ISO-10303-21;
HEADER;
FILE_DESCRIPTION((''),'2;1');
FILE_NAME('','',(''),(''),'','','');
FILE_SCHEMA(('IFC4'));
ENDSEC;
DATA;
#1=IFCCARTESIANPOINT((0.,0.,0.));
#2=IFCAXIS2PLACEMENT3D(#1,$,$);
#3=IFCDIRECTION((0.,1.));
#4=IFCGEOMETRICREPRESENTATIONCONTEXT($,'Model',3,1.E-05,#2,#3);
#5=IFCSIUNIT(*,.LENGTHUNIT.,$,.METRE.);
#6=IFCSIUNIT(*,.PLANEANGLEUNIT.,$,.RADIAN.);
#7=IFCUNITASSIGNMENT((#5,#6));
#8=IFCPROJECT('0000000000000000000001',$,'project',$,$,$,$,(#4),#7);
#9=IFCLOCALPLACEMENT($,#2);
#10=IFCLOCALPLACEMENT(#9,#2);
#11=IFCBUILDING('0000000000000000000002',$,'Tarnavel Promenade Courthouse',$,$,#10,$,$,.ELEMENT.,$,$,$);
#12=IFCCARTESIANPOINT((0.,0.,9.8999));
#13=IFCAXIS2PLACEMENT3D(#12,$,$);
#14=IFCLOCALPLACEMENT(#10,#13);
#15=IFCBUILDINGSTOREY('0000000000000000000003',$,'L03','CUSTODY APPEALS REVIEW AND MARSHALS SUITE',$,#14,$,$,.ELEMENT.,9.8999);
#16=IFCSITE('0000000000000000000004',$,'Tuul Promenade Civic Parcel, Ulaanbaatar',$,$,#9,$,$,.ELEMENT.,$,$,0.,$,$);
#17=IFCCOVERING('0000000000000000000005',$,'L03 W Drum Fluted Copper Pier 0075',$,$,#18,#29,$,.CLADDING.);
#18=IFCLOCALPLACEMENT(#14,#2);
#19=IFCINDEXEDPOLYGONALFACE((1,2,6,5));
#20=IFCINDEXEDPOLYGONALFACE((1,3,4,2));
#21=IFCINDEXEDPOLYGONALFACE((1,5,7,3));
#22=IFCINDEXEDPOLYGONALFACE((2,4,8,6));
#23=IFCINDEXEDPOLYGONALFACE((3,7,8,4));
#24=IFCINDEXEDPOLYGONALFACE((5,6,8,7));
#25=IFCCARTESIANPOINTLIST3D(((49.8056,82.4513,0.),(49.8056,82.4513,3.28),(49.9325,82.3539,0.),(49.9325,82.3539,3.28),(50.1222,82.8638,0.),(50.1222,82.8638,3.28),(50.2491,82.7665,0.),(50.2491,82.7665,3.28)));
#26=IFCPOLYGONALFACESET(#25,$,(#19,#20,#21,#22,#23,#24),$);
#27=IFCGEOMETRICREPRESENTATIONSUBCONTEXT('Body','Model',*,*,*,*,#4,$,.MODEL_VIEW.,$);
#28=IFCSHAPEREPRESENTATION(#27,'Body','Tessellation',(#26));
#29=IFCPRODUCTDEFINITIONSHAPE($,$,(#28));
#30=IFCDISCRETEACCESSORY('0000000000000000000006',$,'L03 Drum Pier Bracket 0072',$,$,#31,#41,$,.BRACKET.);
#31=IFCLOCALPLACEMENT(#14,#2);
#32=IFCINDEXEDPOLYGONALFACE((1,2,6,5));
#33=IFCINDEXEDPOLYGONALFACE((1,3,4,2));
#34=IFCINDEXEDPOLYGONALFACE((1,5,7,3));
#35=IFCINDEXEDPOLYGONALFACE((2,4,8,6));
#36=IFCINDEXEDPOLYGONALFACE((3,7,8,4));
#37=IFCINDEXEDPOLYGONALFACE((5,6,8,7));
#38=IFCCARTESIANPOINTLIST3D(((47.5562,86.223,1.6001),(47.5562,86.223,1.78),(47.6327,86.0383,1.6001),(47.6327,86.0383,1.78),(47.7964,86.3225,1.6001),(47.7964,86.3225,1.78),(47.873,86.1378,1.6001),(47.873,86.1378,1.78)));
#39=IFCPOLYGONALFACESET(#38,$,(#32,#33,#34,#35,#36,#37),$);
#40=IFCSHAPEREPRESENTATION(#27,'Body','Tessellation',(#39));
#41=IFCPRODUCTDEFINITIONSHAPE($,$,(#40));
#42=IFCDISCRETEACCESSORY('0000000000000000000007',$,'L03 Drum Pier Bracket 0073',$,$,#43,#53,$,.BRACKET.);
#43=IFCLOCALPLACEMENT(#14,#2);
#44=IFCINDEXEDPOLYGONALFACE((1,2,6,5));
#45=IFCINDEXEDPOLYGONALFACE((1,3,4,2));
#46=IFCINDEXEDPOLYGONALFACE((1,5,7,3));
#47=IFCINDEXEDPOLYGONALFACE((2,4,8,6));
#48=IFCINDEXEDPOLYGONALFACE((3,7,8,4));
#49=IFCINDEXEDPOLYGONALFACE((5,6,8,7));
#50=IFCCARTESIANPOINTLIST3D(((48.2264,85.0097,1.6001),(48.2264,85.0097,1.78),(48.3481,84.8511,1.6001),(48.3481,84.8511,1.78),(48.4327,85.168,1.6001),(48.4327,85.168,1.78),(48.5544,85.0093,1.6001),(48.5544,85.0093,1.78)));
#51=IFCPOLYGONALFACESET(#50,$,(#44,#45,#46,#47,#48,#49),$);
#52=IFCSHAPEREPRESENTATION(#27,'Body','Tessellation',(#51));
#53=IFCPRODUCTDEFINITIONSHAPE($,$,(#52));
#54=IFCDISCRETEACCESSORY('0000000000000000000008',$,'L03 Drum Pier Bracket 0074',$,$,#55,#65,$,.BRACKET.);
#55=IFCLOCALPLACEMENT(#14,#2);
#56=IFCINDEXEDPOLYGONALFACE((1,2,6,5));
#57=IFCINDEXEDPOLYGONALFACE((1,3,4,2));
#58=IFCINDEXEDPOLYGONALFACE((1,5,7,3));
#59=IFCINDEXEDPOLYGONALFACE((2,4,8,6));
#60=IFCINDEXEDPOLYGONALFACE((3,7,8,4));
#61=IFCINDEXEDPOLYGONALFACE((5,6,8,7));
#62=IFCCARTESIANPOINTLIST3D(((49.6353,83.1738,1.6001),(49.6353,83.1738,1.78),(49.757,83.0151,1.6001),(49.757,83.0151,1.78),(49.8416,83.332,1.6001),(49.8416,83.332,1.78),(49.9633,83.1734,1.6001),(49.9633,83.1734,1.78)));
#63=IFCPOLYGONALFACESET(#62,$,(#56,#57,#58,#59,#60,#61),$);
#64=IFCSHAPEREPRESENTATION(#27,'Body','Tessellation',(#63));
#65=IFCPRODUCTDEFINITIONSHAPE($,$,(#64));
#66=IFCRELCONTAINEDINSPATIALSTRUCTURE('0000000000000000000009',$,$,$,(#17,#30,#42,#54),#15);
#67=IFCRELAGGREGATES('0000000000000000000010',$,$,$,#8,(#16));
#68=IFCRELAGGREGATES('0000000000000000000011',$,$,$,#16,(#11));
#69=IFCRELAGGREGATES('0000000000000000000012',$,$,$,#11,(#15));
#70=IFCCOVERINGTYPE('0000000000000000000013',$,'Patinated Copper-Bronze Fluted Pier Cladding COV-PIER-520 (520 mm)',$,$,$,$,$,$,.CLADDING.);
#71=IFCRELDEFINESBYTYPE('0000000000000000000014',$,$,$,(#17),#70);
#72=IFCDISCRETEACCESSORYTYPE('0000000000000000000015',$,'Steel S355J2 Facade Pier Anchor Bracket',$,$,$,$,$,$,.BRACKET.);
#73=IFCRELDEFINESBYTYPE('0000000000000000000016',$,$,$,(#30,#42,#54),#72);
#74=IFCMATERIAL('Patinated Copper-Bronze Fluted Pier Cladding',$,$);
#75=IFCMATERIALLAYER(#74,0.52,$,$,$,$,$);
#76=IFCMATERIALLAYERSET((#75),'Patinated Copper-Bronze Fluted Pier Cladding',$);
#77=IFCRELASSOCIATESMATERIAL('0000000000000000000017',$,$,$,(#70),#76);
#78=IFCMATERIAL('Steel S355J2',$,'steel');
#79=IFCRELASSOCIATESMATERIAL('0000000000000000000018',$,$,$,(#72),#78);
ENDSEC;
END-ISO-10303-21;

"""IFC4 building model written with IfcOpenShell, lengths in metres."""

from ifc_helpers import new_model, si_unit, direction, frame, origin, origin_2d, place, context, subcontext, project, spatial, rectangle, extrude, material, layer, layer_set, type_object, element, save


model = new_model("IFC4")

# Units and contexts
model_context = context("Model", 3, precision=1e-05, world=origin(), true_north=direction((0.0, 1.0)))
body_context = subcontext(model_context, "Body", "Model", "MODEL_VIEW")
ifc_project = project(units=[si_unit("LENGTHUNIT", "METRE"), si_unit("PLANEANGLEUNIT", "RADIAN")], contexts=[model_context])

# Site, building, storey
site_placement = place(None, origin())
site = spatial("IfcSite", under=ifc_project, at=site_placement, Name="Tuul Promenade Civic Parcel, Ulaanbaatar", CompositionType="ELEMENT", RefElevation=0.0)
building_placement = place(site_placement, origin())
building = spatial("IfcBuilding", under=site, at=building_placement, Name="Tarnavel Promenade Courthouse", CompositionType="ELEMENT")
storey_placement = place(building_placement, frame((0.0, 0.0, 9.8999)))
storey = spatial("IfcBuildingStorey", under=building, at=storey_placement, Name="L03", Description="CUSTODY APPEALS REVIEW AND MARSHALS SUITE", CompositionType="ELEMENT", Elevation=9.8999)

# Shared definitions
ifc_material_1 = material(Name="Steel S355J2", Category="steel")

# Covering
ifc_material_2 = material(Name="Patinated Copper-Bronze Fluted Pier Cladding")
ifc_layer_1 = layer(ifc_material_2, 0.52)
ifc_layer_set_1 = layer_set([ifc_layer_1], Name="Patinated Copper-Bronze Fluted Pier Cladding")
covering_type = type_object("IfcCoveringType", Name="Patinated Copper-Bronze Fluted Pier Cladding COV-PIER-520 (520 mm)", PredefinedType="CLADDING", material=ifc_layer_set_1)
covering_placement = place(storey_placement, frame((50.0273, 82.6089, 0.0), z_axis=(0.0, 0.0, 1.0), x_axis=(0.793353, -0.608761, 0.0)))
element("IfcCovering", 1, at=covering_placement, inside=storey, type_object=covering_type, Name="L03 W Drum Fluted Copper Pier 0075", PredefinedType="CLADDING", context=body_context, shape_type="SweptSolid", body=[
    extrude(rectangle(XDim=0.1599, YDim=0.52, at=origin_2d()), origin(), (0.0, 0.0, 1.0), 3.28),
])

# Discrete accessories
discrete_accessory_type = type_object("IfcDiscreteAccessoryType", Name="Steel S355J2 Facade Pier Anchor Bracket", PredefinedType="BRACKET", material=ifc_material_1)
for number, where, z_axis, x_axis, name in (
    (2, (47.7146, 86.1804, 1.6001), (0.0, 0.0, 1.0), (0.382683, -0.92388, 0.0), "L03 Drum Pier Bracket 0072"),
    (3, (48.3904, 85.0095, 1.6001), (0.0, 0.0, 1.0), (0.608761, -0.793353, 0.0), "L03 Drum Pier Bracket 0073"),
    (4, (49.7993, 83.1736, 1.6001), (0.0, 0.0, 1.0), (0.608761, -0.793353, 0.0), "L03 Drum Pier Bracket 0074"),
):
    element("IfcDiscreteAccessory", number, at=place(storey_placement, frame(where, z_axis=z_axis, x_axis=x_axis)), inside=storey, type_object=discrete_accessory_type, Name=name, PredefinedType="BRACKET", context=body_context, shape_type="SweptSolid", body=[
        extrude(rectangle(XDim=0.2, YDim=0.26, at=origin_2d()), origin(), (0.0, 0.0, 1.0), 0.1799),
    ])

save(model, "model.ifc")
